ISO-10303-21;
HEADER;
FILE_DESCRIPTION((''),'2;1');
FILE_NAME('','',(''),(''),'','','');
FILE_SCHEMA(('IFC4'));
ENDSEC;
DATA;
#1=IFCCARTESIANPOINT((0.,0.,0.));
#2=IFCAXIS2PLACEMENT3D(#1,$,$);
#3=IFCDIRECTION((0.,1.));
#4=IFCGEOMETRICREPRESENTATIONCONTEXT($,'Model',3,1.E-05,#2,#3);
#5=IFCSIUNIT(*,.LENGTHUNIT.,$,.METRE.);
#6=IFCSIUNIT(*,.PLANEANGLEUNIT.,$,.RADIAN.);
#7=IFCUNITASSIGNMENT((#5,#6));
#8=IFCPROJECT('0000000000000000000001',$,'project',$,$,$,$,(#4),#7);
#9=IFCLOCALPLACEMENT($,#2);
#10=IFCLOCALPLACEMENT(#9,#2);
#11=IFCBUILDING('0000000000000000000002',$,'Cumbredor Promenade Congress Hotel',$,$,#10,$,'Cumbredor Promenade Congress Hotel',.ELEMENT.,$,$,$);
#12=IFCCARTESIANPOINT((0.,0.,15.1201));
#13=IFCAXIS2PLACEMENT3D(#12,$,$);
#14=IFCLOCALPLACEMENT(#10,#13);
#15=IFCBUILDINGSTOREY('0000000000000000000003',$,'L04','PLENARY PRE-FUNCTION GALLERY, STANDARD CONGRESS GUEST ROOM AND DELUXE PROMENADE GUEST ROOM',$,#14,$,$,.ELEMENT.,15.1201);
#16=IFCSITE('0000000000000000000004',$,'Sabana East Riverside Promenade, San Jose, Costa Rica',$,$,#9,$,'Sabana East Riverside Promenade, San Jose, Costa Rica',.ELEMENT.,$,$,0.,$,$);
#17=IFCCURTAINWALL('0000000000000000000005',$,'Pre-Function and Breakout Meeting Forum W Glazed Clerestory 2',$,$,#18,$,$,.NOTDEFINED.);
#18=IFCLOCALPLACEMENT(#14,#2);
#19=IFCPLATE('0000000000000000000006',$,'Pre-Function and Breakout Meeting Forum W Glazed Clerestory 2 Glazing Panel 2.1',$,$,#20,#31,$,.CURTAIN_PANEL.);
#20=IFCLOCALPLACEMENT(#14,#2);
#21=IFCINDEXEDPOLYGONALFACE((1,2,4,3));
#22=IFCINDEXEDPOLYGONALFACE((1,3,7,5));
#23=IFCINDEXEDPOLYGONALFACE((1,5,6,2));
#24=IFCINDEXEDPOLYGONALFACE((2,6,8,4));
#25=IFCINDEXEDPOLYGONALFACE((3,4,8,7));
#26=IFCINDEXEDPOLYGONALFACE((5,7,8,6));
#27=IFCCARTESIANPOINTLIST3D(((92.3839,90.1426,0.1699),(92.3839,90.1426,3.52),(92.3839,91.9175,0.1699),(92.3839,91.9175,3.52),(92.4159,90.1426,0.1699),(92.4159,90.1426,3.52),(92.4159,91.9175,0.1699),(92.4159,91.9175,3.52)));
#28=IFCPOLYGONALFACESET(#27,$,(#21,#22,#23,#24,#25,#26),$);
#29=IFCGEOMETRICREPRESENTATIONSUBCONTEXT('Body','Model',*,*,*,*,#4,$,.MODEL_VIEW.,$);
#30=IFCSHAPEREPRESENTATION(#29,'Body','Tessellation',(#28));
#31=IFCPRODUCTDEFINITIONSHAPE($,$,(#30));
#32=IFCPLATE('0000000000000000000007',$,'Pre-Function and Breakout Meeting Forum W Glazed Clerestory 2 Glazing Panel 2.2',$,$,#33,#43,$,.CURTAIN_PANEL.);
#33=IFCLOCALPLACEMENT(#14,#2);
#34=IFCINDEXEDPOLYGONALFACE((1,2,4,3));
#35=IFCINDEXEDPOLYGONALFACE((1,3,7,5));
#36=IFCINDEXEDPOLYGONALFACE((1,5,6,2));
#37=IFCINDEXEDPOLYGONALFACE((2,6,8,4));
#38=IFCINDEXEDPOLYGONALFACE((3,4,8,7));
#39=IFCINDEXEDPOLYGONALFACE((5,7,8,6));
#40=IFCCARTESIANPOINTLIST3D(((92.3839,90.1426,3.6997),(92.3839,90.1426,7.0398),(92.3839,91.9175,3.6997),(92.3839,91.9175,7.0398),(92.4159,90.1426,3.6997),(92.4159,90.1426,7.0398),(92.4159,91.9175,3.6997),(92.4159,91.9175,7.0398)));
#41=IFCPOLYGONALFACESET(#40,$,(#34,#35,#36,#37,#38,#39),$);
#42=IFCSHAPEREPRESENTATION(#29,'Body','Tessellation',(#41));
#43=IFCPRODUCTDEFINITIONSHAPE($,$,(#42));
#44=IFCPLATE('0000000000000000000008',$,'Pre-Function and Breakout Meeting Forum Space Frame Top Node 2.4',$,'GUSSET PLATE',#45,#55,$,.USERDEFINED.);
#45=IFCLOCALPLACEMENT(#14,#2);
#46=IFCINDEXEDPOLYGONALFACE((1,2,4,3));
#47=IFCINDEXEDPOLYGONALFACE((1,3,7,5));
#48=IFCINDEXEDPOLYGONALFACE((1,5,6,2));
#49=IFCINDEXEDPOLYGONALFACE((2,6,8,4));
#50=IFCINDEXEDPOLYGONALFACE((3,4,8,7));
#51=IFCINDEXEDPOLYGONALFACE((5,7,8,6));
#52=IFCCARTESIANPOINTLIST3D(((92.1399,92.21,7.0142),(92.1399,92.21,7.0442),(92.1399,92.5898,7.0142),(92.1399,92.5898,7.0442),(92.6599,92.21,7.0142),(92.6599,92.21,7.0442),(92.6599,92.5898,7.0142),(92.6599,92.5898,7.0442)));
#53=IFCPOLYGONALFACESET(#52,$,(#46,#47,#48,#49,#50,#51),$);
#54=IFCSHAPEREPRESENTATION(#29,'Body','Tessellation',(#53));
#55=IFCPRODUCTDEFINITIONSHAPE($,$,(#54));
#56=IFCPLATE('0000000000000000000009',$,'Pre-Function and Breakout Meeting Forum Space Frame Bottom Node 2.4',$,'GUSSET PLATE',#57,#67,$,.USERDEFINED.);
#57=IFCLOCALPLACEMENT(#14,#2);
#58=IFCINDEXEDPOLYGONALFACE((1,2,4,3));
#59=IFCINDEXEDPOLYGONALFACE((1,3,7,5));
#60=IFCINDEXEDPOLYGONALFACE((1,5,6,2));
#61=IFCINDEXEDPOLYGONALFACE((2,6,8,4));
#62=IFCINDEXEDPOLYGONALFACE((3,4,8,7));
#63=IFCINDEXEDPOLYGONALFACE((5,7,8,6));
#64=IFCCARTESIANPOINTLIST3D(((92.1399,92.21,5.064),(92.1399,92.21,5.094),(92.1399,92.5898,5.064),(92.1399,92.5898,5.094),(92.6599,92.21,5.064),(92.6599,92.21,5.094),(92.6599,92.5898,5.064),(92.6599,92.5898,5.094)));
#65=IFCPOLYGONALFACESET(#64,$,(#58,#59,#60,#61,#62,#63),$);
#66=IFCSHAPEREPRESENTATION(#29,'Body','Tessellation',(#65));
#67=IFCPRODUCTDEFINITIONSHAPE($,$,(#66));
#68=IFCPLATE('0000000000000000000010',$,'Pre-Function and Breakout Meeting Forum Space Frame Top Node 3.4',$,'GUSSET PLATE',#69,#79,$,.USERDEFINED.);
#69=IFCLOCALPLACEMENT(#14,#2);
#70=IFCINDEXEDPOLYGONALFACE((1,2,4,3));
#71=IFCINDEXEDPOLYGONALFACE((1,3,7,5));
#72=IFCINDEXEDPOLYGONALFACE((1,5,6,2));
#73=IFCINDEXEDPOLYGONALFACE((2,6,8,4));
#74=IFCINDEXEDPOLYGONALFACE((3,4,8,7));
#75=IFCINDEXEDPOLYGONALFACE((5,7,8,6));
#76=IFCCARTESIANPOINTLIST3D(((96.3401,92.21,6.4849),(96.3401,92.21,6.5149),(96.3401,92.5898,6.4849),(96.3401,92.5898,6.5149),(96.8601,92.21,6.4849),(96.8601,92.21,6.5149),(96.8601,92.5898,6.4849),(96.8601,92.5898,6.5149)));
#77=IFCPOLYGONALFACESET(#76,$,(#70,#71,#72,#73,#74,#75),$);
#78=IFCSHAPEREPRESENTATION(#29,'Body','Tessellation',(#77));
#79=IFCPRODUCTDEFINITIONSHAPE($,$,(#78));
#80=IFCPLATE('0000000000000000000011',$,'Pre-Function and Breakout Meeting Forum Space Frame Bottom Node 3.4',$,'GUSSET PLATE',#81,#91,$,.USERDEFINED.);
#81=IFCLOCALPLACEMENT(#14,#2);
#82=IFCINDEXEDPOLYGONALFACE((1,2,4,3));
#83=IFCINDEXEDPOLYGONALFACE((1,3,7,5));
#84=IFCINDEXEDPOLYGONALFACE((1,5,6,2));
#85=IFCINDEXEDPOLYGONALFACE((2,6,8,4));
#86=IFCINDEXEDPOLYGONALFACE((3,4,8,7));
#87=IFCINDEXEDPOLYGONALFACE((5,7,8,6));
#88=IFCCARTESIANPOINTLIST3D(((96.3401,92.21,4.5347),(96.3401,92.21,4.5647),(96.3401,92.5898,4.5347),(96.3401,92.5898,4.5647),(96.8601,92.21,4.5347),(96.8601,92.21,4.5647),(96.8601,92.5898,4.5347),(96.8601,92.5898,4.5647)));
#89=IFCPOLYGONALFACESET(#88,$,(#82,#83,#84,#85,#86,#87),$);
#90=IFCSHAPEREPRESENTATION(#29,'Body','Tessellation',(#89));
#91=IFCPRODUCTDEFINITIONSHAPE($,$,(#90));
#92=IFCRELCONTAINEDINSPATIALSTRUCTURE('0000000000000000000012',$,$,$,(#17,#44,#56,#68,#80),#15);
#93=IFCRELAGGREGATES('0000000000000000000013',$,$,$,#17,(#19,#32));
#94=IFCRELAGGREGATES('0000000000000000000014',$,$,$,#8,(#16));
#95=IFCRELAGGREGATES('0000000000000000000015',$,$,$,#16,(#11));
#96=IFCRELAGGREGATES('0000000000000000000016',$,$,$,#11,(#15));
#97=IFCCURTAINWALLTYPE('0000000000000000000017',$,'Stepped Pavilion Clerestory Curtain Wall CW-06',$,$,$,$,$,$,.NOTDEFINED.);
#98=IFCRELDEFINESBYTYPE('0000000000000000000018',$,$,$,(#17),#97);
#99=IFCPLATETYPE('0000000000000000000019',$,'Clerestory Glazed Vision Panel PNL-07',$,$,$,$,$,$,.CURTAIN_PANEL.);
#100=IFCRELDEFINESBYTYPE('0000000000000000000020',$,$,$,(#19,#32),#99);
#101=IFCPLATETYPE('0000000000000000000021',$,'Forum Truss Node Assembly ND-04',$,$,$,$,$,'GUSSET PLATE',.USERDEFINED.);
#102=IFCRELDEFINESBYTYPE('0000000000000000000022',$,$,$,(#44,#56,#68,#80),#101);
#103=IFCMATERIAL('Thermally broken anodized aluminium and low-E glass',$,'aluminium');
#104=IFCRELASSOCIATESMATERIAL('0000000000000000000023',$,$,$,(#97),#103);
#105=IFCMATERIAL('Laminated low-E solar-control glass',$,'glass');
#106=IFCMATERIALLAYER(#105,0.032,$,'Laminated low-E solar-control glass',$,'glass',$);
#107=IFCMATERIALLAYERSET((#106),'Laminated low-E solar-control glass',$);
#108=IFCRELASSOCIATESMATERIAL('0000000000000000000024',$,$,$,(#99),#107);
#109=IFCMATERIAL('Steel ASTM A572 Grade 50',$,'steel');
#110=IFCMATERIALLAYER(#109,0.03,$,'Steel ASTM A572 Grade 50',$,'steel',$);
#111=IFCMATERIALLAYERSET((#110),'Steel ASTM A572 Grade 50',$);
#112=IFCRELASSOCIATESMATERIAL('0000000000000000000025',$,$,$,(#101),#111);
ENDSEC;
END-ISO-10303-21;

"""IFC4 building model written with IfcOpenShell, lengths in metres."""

from ifc_helpers import new_model, si_unit, direction, frame, origin, origin_2d, place, context, subcontext, project, spatial, rectangle, extrude, material, layer, layer_set, type_object, element, aggregate, save


model = new_model("IFC4")

# Units and contexts
model_context = context("Model", 3, precision=1e-05, world=origin(), true_north=direction((0.0, 1.0)))
body_context = subcontext(model_context, "Body", "Model", "MODEL_VIEW")
ifc_project = project(units=[si_unit("LENGTHUNIT", "METRE"), si_unit("PLANEANGLEUNIT", "RADIAN")], contexts=[model_context])

# Site, building, storey
site_placement = place(None, origin())
site = spatial("IfcSite", under=ifc_project, at=site_placement, Name="Sabana East Riverside Promenade, San Jose, Costa Rica", LongName="Sabana East Riverside Promenade, San Jose, Costa Rica", CompositionType="ELEMENT", RefElevation=0.0)
building_placement = place(site_placement, origin())
building = spatial("IfcBuilding", under=site, at=building_placement, Name="Cumbredor Promenade Congress Hotel", LongName="Cumbredor Promenade Congress Hotel", CompositionType="ELEMENT")
storey_placement = place(building_placement, frame((0.0, 0.0, 15.1201)))
storey = spatial("IfcBuildingStorey", under=building, at=storey_placement, Name="L04", Description="PLENARY PRE-FUNCTION GALLERY, STANDARD CONGRESS GUEST ROOM AND DELUXE PROMENADE GUEST ROOM", CompositionType="ELEMENT", Elevation=15.1201)

# Curtain wall
ifc_material_1 = material(Name="Thermally broken anodized aluminium and low-E glass", Category="aluminium")
curtain_wall_type = type_object("IfcCurtainWallType", Name="Stepped Pavilion Clerestory Curtain Wall CW-06", PredefinedType="NOTDEFINED", material=ifc_material_1)
curtain_wall_placement = place(storey_placement, origin())
curtain_wall = element("IfcCurtainWall", 1, at=curtain_wall_placement, inside=storey, type_object=curtain_wall_type, Name="Pre-Function and Breakout Meeting Forum W Glazed Clerestory 2", PredefinedType="NOTDEFINED")

# Plates
ifc_material_2 = material(Name="Laminated low-E solar-control glass", Category="glass")
ifc_layer_1 = layer(ifc_material_2, 0.032, Name="Laminated low-E solar-control glass", Category="glass")
ifc_layer_set_1 = layer_set([ifc_layer_1], Name="Laminated low-E solar-control glass")
plate_type_1 = type_object("IfcPlateType", Name="Clerestory Glazed Vision Panel PNL-07", PredefinedType="CURTAIN_PANEL", material=ifc_layer_set_1)
plate_1_placement = place(storey_placement, frame((92.3999, 91.03, 0.1699), z_axis=(0.0, 0.0, 1.0), x_axis=(0.0, 1.0, 0.0)))
plate_1 = element("IfcPlate", 2, at=plate_1_placement, type_object=plate_type_1, Name="Pre-Function and Breakout Meeting Forum W Glazed Clerestory 2 Glazing Panel 2.1", PredefinedType="CURTAIN_PANEL", context=body_context, shape_type="SweptSolid", body=[
    extrude(rectangle(XDim=1.7749, YDim=0.032, at=origin_2d()), origin(), (0.0, 0.0, 1.0), 3.3501),
])
plate_2_placement = place(storey_placement, frame((92.3999, 91.03, 3.6997), z_axis=(0.0, 0.0, 1.0), x_axis=(0.0, 1.0, 0.0)))
plate_2 = element("IfcPlate", 3, at=plate_2_placement, type_object=plate_type_1, Name="Pre-Function and Breakout Meeting Forum W Glazed Clerestory 2 Glazing Panel 2.2", PredefinedType="CURTAIN_PANEL", context=body_context, shape_type="SweptSolid", body=[
    extrude(rectangle(XDim=1.7749, YDim=0.032, at=origin_2d()), origin(), (0.0, 0.0, 1.0), 3.3401),
])
aggregate(curtain_wall, [plate_1, plate_2])

# Plates
ifc_material_3 = material(Name="Steel ASTM A572 Grade 50", Category="steel")
ifc_layer_2 = layer(ifc_material_3, 0.03, Name="Steel ASTM A572 Grade 50", Category="steel")
ifc_layer_set_2 = layer_set([ifc_layer_2], Name="Steel ASTM A572 Grade 50")
plate_type_2 = type_object("IfcPlateType", Name="Forum Truss Node Assembly ND-04", ElementType="GUSSET PLATE", PredefinedType="USERDEFINED", material=ifc_layer_set_2)
for number, where, z_axis, x_axis, name in (
    (4, (92.3999, 92.3999, 7.0142), (0.0, 0.0, 1.0), (1.0, 0.0, 0.0), "Pre-Function and Breakout Meeting Forum Space Frame Top Node 2.4"),
    (5, (92.3999, 92.3999, 5.064), (0.0, 0.0, 1.0), (1.0, 0.0, 0.0), "Pre-Function and Breakout Meeting Forum Space Frame Bottom Node 2.4"),
    (6, (96.6001, 92.3999, 6.4849), (0.0, 0.0, 1.0), (1.0, 0.0, 0.0), "Pre-Function and Breakout Meeting Forum Space Frame Top Node 3.4"),
    (7, (96.6001, 92.3999, 4.5347), (0.0, 0.0, 1.0), (1.0, 0.0, 0.0), "Pre-Function and Breakout Meeting Forum Space Frame Bottom Node 3.4"),
):
    element("IfcPlate", number, at=place(storey_placement, frame(where, z_axis=z_axis, x_axis=x_axis)), inside=storey, type_object=plate_type_2, Name=name, ObjectType="GUSSET PLATE", PredefinedType="USERDEFINED", context=body_context, shape_type="SweptSolid", body=[
        extrude(rectangle(XDim=0.52, YDim=0.3799, at=origin_2d()), origin(), (0.0, 0.0, 1.0), 0.03),
    ])

save(model, "model.ifc")
